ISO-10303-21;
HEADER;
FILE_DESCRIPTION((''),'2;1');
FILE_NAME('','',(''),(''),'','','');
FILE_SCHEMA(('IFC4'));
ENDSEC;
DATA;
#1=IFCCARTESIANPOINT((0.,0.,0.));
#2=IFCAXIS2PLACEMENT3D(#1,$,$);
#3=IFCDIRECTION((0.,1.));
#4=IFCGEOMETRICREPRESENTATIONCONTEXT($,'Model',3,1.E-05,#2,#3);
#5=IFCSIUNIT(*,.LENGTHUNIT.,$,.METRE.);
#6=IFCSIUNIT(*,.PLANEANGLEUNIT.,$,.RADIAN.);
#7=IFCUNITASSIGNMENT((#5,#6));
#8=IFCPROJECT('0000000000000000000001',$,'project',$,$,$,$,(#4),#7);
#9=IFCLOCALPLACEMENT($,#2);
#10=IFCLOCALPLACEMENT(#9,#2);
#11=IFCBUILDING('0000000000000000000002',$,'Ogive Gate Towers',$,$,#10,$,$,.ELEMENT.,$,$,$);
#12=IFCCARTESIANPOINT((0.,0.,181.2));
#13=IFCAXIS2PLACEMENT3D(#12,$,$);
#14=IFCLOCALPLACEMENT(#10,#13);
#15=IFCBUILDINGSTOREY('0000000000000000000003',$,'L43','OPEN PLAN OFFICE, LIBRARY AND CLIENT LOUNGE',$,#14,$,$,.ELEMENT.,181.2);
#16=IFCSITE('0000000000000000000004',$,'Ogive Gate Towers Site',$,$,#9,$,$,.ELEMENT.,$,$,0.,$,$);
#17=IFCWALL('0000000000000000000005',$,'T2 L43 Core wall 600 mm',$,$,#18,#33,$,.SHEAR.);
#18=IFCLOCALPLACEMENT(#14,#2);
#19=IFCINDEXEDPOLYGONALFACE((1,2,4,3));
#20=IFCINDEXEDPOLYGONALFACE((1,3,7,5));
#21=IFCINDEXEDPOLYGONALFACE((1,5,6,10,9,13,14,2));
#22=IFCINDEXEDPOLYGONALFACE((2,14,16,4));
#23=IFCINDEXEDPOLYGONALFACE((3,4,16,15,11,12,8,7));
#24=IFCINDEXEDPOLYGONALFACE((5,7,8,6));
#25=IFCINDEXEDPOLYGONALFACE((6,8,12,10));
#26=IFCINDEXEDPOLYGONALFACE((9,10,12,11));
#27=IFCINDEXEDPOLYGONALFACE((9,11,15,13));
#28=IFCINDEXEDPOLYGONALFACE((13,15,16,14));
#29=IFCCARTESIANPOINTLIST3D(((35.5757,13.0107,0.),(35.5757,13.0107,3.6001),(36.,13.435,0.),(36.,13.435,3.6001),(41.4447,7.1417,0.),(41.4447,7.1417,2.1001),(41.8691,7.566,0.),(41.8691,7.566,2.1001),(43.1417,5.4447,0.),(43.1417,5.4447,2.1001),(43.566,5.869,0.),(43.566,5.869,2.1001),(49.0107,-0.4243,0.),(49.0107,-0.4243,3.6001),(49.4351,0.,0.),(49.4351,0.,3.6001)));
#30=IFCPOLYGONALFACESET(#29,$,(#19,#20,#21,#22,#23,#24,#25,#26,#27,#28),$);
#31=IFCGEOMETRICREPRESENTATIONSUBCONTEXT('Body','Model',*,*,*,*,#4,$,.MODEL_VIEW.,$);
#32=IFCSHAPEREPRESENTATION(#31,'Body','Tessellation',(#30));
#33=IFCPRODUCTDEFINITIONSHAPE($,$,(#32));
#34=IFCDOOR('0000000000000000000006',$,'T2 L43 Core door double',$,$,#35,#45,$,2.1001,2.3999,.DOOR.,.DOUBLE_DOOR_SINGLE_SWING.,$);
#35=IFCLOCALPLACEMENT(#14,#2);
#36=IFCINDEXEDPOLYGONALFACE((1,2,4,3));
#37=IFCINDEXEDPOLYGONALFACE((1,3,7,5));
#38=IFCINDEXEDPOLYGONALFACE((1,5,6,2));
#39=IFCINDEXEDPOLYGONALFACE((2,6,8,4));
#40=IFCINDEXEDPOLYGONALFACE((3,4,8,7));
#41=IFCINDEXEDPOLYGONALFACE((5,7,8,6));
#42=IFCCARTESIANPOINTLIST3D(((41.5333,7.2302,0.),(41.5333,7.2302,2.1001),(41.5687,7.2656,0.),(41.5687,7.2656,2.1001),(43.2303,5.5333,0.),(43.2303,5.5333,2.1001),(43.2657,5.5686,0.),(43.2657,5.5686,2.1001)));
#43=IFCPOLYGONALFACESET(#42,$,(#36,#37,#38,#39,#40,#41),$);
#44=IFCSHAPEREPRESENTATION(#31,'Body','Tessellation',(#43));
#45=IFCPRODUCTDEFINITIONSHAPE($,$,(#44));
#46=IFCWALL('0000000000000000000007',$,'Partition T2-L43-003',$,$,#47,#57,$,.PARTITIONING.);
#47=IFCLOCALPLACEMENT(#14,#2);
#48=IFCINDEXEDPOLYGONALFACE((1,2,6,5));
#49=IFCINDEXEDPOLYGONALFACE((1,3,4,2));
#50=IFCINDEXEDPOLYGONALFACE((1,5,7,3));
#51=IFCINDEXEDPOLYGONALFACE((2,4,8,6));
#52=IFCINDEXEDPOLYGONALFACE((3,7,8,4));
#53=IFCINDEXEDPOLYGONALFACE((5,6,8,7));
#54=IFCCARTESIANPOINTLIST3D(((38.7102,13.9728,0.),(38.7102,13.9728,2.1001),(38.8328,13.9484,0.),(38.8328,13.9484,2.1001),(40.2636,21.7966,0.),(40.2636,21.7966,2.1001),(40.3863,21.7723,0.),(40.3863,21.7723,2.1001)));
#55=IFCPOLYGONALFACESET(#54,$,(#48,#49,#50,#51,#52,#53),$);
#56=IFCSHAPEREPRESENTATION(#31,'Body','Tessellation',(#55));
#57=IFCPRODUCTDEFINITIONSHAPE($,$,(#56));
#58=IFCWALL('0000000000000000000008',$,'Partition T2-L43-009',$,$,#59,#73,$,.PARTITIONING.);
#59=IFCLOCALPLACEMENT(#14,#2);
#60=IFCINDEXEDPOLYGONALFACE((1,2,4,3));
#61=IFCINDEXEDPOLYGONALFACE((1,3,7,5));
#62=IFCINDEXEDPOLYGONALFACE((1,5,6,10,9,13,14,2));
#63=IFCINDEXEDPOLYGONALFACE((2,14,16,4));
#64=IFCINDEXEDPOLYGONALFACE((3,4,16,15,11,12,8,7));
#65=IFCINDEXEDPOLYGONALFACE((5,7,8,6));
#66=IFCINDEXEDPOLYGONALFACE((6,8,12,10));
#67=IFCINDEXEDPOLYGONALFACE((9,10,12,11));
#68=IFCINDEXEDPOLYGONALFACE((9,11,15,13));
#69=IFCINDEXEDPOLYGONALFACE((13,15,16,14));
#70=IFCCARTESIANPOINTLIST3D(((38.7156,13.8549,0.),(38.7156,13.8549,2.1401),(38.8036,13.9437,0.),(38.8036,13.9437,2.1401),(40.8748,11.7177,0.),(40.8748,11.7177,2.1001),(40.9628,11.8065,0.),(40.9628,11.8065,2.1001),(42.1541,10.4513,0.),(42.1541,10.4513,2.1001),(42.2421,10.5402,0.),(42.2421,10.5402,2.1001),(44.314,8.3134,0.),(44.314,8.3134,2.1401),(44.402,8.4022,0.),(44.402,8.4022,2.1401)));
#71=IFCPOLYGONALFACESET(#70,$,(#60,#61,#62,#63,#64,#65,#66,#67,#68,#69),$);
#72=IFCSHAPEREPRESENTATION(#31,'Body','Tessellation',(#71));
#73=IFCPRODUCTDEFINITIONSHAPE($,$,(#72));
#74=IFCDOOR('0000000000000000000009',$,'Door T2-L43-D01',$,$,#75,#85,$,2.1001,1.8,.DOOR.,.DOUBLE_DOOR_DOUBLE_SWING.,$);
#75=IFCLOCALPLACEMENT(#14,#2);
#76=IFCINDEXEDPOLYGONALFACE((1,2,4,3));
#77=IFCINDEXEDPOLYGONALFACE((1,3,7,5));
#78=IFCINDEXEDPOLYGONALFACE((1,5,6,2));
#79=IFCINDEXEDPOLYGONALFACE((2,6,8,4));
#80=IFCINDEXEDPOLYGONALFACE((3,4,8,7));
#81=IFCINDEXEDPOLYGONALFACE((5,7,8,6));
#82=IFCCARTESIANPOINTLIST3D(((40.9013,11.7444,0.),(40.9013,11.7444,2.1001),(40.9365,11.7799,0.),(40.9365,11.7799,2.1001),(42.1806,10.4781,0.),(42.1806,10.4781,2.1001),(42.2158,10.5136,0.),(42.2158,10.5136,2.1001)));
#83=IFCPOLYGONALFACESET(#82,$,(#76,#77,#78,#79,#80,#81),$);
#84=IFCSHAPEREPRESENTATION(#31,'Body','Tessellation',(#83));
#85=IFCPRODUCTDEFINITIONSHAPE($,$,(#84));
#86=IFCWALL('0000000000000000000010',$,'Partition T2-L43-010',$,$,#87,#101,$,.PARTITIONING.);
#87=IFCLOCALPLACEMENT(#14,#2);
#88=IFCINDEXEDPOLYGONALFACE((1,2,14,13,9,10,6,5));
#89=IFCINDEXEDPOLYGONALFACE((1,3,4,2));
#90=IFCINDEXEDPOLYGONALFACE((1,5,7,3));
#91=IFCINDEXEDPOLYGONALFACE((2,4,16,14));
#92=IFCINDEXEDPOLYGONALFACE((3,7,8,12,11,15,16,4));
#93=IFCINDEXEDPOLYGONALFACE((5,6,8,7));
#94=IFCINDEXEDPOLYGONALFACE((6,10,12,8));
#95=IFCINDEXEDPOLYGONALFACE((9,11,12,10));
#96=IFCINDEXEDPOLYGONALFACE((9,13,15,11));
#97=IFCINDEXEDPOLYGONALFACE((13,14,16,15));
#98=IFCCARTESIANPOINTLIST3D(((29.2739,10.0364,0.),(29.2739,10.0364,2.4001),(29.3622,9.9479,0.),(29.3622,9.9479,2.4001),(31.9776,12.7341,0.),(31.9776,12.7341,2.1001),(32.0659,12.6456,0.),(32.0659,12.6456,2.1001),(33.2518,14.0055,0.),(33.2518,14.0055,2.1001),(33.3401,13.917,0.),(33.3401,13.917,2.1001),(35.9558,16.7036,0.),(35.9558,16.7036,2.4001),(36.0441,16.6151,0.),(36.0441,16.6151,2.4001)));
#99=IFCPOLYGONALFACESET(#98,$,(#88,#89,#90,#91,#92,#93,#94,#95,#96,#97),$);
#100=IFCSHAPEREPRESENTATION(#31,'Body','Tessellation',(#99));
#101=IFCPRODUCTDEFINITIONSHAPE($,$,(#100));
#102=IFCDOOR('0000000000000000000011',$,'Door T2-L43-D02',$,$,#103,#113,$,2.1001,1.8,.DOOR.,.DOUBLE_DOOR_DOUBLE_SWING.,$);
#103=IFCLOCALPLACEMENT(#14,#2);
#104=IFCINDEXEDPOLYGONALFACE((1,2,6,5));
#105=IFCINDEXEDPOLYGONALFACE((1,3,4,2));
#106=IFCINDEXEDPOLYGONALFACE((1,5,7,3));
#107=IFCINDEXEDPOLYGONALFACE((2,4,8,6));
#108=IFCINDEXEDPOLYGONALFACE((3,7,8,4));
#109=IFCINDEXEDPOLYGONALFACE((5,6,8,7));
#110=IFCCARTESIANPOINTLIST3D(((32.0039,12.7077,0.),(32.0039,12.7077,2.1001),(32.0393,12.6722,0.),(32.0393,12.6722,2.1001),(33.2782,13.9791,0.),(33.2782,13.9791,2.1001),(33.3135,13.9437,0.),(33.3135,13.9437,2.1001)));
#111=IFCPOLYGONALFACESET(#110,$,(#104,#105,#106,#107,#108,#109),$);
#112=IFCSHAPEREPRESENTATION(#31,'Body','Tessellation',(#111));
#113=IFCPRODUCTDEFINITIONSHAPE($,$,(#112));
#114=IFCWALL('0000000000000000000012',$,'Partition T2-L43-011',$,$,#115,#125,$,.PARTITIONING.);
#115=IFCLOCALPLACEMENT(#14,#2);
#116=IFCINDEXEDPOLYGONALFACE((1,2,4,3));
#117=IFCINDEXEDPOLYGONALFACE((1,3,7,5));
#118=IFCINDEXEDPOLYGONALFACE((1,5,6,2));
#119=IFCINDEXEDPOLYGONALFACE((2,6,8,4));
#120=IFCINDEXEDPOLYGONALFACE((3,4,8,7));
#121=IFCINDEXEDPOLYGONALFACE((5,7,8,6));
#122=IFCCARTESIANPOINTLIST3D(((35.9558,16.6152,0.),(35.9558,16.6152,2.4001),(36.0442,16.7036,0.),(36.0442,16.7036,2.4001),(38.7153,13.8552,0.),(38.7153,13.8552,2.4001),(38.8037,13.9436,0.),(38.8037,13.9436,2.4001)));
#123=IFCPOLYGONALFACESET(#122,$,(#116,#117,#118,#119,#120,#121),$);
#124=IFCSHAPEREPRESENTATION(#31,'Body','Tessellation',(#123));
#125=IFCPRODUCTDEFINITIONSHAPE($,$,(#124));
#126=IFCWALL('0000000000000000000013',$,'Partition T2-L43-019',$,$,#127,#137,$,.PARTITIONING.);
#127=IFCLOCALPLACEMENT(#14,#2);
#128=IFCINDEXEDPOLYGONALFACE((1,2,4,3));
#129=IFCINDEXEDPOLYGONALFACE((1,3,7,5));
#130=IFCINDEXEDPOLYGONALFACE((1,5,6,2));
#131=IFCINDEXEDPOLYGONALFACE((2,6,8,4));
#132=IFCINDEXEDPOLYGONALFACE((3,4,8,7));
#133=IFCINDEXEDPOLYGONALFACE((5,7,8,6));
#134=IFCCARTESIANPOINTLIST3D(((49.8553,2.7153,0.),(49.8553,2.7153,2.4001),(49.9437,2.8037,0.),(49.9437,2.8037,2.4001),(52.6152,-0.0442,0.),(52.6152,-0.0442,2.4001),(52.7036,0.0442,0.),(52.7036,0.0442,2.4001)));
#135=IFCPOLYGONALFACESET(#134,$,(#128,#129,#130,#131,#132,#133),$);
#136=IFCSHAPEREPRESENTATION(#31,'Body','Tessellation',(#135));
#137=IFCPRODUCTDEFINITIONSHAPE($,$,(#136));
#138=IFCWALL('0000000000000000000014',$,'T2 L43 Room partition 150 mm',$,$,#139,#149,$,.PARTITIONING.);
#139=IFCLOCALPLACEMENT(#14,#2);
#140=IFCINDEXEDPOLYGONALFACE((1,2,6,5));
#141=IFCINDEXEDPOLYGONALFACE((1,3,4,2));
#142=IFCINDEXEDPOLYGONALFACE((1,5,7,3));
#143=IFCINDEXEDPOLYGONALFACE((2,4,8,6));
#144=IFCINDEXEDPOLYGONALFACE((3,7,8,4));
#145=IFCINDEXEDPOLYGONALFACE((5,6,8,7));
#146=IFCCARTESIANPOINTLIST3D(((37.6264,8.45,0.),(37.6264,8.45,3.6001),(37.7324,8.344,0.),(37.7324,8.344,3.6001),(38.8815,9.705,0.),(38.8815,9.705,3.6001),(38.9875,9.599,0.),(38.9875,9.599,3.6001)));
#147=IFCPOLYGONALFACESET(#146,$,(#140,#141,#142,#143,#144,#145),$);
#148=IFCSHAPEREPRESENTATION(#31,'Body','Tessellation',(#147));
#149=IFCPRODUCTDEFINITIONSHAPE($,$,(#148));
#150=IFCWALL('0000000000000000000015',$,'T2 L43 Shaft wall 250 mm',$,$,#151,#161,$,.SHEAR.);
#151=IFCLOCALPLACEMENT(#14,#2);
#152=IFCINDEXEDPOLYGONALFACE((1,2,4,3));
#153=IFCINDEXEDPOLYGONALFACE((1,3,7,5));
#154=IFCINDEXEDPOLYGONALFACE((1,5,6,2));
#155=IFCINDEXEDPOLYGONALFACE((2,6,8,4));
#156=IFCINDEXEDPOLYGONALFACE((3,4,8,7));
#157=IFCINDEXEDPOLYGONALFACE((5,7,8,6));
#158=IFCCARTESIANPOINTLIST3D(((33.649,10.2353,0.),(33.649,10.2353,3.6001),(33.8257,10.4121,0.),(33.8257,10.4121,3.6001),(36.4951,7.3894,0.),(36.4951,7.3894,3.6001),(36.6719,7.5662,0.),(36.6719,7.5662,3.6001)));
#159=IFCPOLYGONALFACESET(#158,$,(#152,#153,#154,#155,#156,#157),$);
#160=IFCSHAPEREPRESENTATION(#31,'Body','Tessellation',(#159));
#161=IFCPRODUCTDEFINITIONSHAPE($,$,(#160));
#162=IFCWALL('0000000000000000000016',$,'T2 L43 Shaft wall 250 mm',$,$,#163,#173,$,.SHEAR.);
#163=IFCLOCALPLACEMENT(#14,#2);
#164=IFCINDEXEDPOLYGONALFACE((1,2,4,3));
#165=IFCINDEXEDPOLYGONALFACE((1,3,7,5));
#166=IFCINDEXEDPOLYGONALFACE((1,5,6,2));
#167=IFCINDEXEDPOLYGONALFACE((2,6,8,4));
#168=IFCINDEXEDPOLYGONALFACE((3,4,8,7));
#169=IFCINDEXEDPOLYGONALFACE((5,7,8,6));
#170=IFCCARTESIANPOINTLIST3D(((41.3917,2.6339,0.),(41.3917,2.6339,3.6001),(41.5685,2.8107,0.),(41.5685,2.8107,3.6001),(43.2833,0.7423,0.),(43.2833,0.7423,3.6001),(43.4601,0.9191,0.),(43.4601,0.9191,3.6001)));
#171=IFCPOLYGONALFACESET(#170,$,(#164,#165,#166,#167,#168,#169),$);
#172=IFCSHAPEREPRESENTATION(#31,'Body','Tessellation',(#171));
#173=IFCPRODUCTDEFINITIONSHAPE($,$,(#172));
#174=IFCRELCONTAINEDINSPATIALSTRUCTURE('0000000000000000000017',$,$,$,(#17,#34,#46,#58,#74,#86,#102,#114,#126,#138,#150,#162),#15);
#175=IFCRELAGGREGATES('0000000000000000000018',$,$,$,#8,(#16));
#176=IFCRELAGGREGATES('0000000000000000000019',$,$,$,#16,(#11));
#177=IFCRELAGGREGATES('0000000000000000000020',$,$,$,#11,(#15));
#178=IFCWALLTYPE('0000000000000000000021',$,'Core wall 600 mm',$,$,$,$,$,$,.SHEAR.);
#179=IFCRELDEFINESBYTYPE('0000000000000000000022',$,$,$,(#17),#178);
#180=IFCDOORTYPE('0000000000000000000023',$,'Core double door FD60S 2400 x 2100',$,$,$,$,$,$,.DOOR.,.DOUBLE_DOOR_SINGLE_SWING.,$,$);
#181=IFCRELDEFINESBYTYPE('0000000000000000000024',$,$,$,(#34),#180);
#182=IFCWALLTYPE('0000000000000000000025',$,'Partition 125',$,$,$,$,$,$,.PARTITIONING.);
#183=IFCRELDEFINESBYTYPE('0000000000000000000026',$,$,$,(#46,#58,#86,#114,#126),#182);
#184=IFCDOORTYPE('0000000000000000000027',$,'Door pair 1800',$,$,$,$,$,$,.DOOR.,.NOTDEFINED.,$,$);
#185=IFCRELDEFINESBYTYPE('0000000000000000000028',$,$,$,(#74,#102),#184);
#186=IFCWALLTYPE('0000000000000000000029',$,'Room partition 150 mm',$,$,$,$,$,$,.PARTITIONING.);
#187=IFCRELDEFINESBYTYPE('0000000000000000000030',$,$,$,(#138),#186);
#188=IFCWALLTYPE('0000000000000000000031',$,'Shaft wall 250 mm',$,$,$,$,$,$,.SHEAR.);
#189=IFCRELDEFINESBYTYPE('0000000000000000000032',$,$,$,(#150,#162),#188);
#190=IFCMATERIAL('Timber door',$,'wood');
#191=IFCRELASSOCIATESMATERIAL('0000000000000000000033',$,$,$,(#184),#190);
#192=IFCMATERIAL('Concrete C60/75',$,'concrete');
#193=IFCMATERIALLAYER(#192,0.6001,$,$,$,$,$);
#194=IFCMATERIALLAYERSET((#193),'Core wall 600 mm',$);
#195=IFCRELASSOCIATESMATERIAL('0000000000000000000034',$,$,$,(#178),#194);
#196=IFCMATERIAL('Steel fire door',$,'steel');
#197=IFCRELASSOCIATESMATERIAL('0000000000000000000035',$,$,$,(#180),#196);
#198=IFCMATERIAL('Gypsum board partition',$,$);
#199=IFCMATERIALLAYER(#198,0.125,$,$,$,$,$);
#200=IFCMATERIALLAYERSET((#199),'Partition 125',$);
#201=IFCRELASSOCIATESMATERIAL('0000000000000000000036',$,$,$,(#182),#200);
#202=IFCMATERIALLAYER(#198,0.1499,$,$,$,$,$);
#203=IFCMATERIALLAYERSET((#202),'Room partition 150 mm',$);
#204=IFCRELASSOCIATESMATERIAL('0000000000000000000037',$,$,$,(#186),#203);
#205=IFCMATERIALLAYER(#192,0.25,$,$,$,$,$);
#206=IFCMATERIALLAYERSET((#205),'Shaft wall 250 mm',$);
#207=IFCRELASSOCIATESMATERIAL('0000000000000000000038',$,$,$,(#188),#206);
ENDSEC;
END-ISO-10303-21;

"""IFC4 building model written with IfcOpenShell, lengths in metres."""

from ifc_helpers import new_model, si_unit, direction, frame, frame_2d, origin, place, context, subcontext, project, spatial, rectangle, extrude, material, layer, layer_set, type_object, element, fill, save


model = new_model("IFC4")

# Units and contexts
model_context = context("Model", 3, precision=1e-05, world=origin(), true_north=direction((0.0, 1.0)))
body_context = subcontext(model_context, "Body", "Model", "MODEL_VIEW")
ifc_project = project(units=[si_unit("LENGTHUNIT", "METRE"), si_unit("PLANEANGLEUNIT", "RADIAN")], contexts=[model_context])

# Site, building, storey
site_placement = place(None, origin())
site = spatial("IfcSite", under=ifc_project, at=site_placement, Name="Ogive Gate Towers Site", CompositionType="ELEMENT", RefElevation=0.0)
building_placement = place(site_placement, origin())
building = spatial("IfcBuilding", under=site, at=building_placement, Name="Ogive Gate Towers", CompositionType="ELEMENT")
storey_placement = place(building_placement, frame((0.0, 0.0, 181.2)))
storey = spatial("IfcBuildingStorey", under=building, at=storey_placement, Name="L43", Description="OPEN PLAN OFFICE, LIBRARY AND CLIENT LOUNGE", CompositionType="ELEMENT", Elevation=181.2)

# Wall, opening, door
ifc_material_1 = material(Name="Timber door", Category="wood")
door_type_1 = type_object("IfcDoorType", Name="Door pair 1800", OperationType="NOTDEFINED", PredefinedType="DOOR", material=ifc_material_1)
ifc_material_2 = material(Name="Concrete C60/75", Category="concrete")
ifc_layer_1 = layer(ifc_material_2, 0.6001)
ifc_layer_set_1 = layer_set([ifc_layer_1], Name="Core wall 600 mm")
wall_type_1 = type_object("IfcWallType", Name="Core wall 600 mm", PredefinedType="SHEAR", material=ifc_layer_set_1)
wall_1_placement = place(storey_placement, frame((49.2229, -0.2122, 0.0), z_axis=(0.0, 0.0, 1.0), x_axis=(-0.707107, 0.707107, 0.0)))
wall_1 = element("IfcWall", 1, at=wall_1_placement, inside=storey, type_object=wall_type_1, Name="T2 L43 Core wall 600 mm", PredefinedType="SHEAR", context=body_context, shape_type="SweptSolid", body=[
    extrude(rectangle(XDim=19.0, YDim=0.6001, at=frame_2d((9.5, 0.0))), origin(), (0.0, 0.0, 1.0), 3.6001),
])
opening_1_placement = place(wall_1_placement, frame((8.3, 0.0, 0.0)))
opening_1 = element("IfcOpeningElement", 2, at=opening_1_placement, cuts=wall_1, PredefinedType="OPENING", context=body_context, shape_type="SweptSolid", body=[
    extrude(rectangle(XDim=2.3999, YDim=2.1001, at=frame_2d((1.2, 1.05))), frame((0.0, 0.3101, 0.0), z_axis=(0.0, -1.0, 0.0), x_axis=(1.0, 0.0, 0.0)), (0.0, 0.0, 1.0), 0.6201),
])
ifc_material_3 = material(Name="Steel fire door", Category="steel")
door_type_2 = type_object("IfcDoorType", Name="Core double door FD60S 2400 x 2100", OperationType="DOUBLE_DOOR_SINGLE_SWING", PredefinedType="DOOR", material=ifc_material_3)
door_1_placement = place(opening_1_placement, origin())
door_1 = element("IfcDoor", 3, at=door_1_placement, inside=storey, type_object=door_type_2, Name="T2 L43 Core door double", OperationType="DOUBLE_DOOR_SINGLE_SWING", OverallHeight=2.1001, OverallWidth=2.3999, PredefinedType="DOOR", context=body_context, shape_type="SweptSolid", body=[
    extrude(rectangle(XDim=2.3999, YDim=2.1001, at=frame_2d((1.2, 1.05))), frame((0.0, 0.1748, 0.0), z_axis=(0.0, -1.0, 0.0), x_axis=(1.0, 0.0, 0.0)), (0.0, 0.0, 1.0), 0.05),
])
fill(opening_1, door_1)

# Wall
ifc_material_4 = material(Name="Gypsum board partition")
ifc_layer_2 = layer(ifc_material_4, 0.125)
ifc_layer_set_2 = layer_set([ifc_layer_2], Name="Partition 125")
wall_type_2 = type_object("IfcWallType", Name="Partition 125", PredefinedType="PARTITIONING", material=ifc_layer_set_2)
wall_2_placement = place(storey_placement, frame((40.325, 21.7844, 0.0), z_axis=(0.0, 0.0, 1.0), x_axis=(-0.194756, -0.980852, 0.0)))
element("IfcWall", 4, at=wall_2_placement, inside=storey, type_object=wall_type_2, Name="Partition T2-L43-003", PredefinedType="PARTITIONING", context=body_context, shape_type="SweptSolid", body=[
    extrude(rectangle(XDim=7.9766, YDim=0.125, at=frame_2d((3.9883, 0.0))), origin(), (0.0, 0.0, 1.0), 2.1001),
])

# Walls, openings, doors
wall_3_placement = place(storey_placement, frame((44.3579, 8.3579, 0.0), z_axis=(0.0, 0.0, 1.0), x_axis=(-0.710708, 0.703487, 0.0)))
wall_3 = element("IfcWall", 5, at=wall_3_placement, inside=storey, type_object=wall_type_2, Name="Partition T2-L43-009", PredefinedType="PARTITIONING", context=body_context, shape_type="SweptSolid", body=[
    extrude(rectangle(XDim=7.8772, YDim=0.125, at=frame_2d((3.9385, 0.0))), origin(), (0.0, 0.0, 1.0), 2.1401),
])
opening_2_placement = place(wall_3_placement, frame((3.0391, 0.0, 0.0)))
opening_2 = element("IfcOpeningElement", 6, at=opening_2_placement, cuts=wall_3, PredefinedType="OPENING", context=body_context, shape_type="SweptSolid", body=[
    extrude(rectangle(XDim=1.8, YDim=2.1001, at=frame_2d((0.8999, 1.05))), frame((0.0, 0.0725, 0.0), z_axis=(0.0, -1.0, 0.0), x_axis=(1.0, 0.0, 0.0)), (0.0, 0.0, 1.0), 0.145),
])
door_2_placement = place(opening_2_placement, origin())
door_2 = element("IfcDoor", 7, at=door_2_placement, inside=storey, type_object=door_type_1, Name="Door T2-L43-D01", OperationType="DOUBLE_DOOR_DOUBLE_SWING", OverallHeight=2.1001, OverallWidth=1.8, PredefinedType="DOOR", context=body_context, shape_type="SweptSolid", body=[
    extrude(rectangle(XDim=1.8, YDim=2.1001, at=frame_2d((0.8999, 1.05))), frame((0.0, 0.0249, 0.0), z_axis=(0.0, -1.0, 0.0), x_axis=(1.0, 0.0, 0.0)), (0.0, 0.0, 1.0), 0.05),
])
fill(opening_2, door_2)
wall_4_placement = place(storey_placement, frame((36.0, 16.6594, 0.0), z_axis=(0.0, 0.0, 1.0), x_axis=(-0.707882, -0.70633, 0.0)))
wall_4 = element("IfcWall", 8, at=wall_4_placement, inside=storey, type_object=wall_type_2, Name="Partition T2-L43-010", PredefinedType="PARTITIONING", context=body_context, shape_type="SweptSolid", body=[
    extrude(rectangle(XDim=9.4392, YDim=0.125, at=frame_2d((4.7197, 0.0))), origin(), (0.0, 0.0, 1.0), 2.4001),
])
opening_3_placement = place(wall_4_placement, frame((3.8201, 0.0, 0.0)))
opening_3 = element("IfcOpeningElement", 9, at=opening_3_placement, cuts=wall_4, PredefinedType="OPENING", context=body_context, shape_type="SweptSolid", body=[
    extrude(rectangle(XDim=1.8, YDim=2.1001, at=frame_2d((0.8999, 1.05))), frame((0.0, 0.0725, 0.0), z_axis=(0.0, -1.0, 0.0), x_axis=(1.0, 0.0, 0.0)), (0.0, 0.0, 1.0), 0.145),
])
door_3_placement = place(opening_3_placement, origin())
door_3 = element("IfcDoor", 10, at=door_3_placement, inside=storey, type_object=door_type_1, Name="Door T2-L43-D02", OperationType="DOUBLE_DOOR_DOUBLE_SWING", OverallHeight=2.1001, OverallWidth=1.8, PredefinedType="DOOR", context=body_context, shape_type="SweptSolid", body=[
    extrude(rectangle(XDim=1.8, YDim=2.1001, at=frame_2d((0.8999, 1.05))), frame((0.0, 0.0249, 0.0), z_axis=(0.0, -1.0, 0.0), x_axis=(1.0, 0.0, 0.0)), (0.0, 0.0, 1.0), 0.05),
])
fill(opening_3, door_3)

# Walls
for number, where, z_axis, x_axis, name in (
    (11, (38.7595, 13.8994, 0.0), (0.0, 0.0, 1.0), (-0.707044, 0.707169, 0.0), "Partition T2-L43-011"),
    (12, (52.6594, 0.0, 0.0), (0.0, 0.0, 1.0), (-0.707169, 0.707044, 0.0), "Partition T2-L43-019"),
):
    element("IfcWall", number, at=place(storey_placement, frame(where, z_axis=z_axis, x_axis=x_axis)), inside=storey, type_object=wall_type_2, Name=name, PredefinedType="PARTITIONING", context=body_context, shape_type="SweptSolid", body=[
        extrude(rectangle(XDim=3.9028, YDim=0.125, at=frame_2d((1.9514, 0.0))), origin(), (0.0, 0.0, 1.0), 2.4001),
    ])
ifc_layer_3 = layer(ifc_material_4, 0.1499)
ifc_layer_set_3 = layer_set([ifc_layer_3], Name="Room partition 150 mm")
wall_type_3 = type_object("IfcWallType", Name="Room partition 150 mm", PredefinedType="PARTITIONING", material=ifc_layer_set_3)
wall_5_placement = place(storey_placement, frame((37.6794, 8.397, 0.0), z_axis=(0.0, 0.0, 1.0), x_axis=(0.707107, 0.707107, 0.0)))
element("IfcWall", 13, at=wall_5_placement, inside=storey, type_object=wall_type_3, Name="T2 L43 Room partition 150 mm", PredefinedType="PARTITIONING", context=body_context, shape_type="SweptSolid", body=[
    extrude(rectangle(XDim=1.7749, YDim=0.1499, at=frame_2d((0.8875, 0.0))), origin(), (0.0, 0.0, 1.0), 3.6001),
])
ifc_layer_4 = layer(ifc_material_2, 0.25)
ifc_layer_set_4 = layer_set([ifc_layer_4], Name="Shaft wall 250 mm")
wall_type_4 = type_object("IfcWallType", Name="Shaft wall 250 mm", PredefinedType="SHEAR", material=ifc_layer_set_4)
wall_6_placement = place(storey_placement, frame((36.5835, 7.4778, 0.0), z_axis=(0.0, 0.0, 1.0), x_axis=(-0.707137, 0.707076, 0.0)))
element("IfcWall", 14, at=wall_6_placement, inside=storey, type_object=wall_type_4, Name="T2 L43 Shaft wall 250 mm", PredefinedType="SHEAR", context=body_context, shape_type="SweptSolid", body=[
    extrude(rectangle(XDim=4.0249, YDim=0.25, at=frame_2d((2.0125, 0.0))), origin(), (0.0, 0.0, 1.0), 3.6001),
])
wall_7_placement = place(storey_placement, frame((43.3716, 0.8308, 0.0), z_axis=(0.0, 0.0, 1.0), x_axis=(-0.707107, 0.707107, 0.0)))
element("IfcWall", 15, at=wall_7_placement, inside=storey, type_object=wall_type_4, Name="T2 L43 Shaft wall 250 mm", PredefinedType="SHEAR", context=body_context, shape_type="SweptSolid", body=[
    extrude(rectangle(XDim=2.675, YDim=0.25, at=frame_2d((1.3374, 0.0))), origin(), (0.0, 0.0, 1.0), 3.6001),
])

save(model, "model.ifc")
